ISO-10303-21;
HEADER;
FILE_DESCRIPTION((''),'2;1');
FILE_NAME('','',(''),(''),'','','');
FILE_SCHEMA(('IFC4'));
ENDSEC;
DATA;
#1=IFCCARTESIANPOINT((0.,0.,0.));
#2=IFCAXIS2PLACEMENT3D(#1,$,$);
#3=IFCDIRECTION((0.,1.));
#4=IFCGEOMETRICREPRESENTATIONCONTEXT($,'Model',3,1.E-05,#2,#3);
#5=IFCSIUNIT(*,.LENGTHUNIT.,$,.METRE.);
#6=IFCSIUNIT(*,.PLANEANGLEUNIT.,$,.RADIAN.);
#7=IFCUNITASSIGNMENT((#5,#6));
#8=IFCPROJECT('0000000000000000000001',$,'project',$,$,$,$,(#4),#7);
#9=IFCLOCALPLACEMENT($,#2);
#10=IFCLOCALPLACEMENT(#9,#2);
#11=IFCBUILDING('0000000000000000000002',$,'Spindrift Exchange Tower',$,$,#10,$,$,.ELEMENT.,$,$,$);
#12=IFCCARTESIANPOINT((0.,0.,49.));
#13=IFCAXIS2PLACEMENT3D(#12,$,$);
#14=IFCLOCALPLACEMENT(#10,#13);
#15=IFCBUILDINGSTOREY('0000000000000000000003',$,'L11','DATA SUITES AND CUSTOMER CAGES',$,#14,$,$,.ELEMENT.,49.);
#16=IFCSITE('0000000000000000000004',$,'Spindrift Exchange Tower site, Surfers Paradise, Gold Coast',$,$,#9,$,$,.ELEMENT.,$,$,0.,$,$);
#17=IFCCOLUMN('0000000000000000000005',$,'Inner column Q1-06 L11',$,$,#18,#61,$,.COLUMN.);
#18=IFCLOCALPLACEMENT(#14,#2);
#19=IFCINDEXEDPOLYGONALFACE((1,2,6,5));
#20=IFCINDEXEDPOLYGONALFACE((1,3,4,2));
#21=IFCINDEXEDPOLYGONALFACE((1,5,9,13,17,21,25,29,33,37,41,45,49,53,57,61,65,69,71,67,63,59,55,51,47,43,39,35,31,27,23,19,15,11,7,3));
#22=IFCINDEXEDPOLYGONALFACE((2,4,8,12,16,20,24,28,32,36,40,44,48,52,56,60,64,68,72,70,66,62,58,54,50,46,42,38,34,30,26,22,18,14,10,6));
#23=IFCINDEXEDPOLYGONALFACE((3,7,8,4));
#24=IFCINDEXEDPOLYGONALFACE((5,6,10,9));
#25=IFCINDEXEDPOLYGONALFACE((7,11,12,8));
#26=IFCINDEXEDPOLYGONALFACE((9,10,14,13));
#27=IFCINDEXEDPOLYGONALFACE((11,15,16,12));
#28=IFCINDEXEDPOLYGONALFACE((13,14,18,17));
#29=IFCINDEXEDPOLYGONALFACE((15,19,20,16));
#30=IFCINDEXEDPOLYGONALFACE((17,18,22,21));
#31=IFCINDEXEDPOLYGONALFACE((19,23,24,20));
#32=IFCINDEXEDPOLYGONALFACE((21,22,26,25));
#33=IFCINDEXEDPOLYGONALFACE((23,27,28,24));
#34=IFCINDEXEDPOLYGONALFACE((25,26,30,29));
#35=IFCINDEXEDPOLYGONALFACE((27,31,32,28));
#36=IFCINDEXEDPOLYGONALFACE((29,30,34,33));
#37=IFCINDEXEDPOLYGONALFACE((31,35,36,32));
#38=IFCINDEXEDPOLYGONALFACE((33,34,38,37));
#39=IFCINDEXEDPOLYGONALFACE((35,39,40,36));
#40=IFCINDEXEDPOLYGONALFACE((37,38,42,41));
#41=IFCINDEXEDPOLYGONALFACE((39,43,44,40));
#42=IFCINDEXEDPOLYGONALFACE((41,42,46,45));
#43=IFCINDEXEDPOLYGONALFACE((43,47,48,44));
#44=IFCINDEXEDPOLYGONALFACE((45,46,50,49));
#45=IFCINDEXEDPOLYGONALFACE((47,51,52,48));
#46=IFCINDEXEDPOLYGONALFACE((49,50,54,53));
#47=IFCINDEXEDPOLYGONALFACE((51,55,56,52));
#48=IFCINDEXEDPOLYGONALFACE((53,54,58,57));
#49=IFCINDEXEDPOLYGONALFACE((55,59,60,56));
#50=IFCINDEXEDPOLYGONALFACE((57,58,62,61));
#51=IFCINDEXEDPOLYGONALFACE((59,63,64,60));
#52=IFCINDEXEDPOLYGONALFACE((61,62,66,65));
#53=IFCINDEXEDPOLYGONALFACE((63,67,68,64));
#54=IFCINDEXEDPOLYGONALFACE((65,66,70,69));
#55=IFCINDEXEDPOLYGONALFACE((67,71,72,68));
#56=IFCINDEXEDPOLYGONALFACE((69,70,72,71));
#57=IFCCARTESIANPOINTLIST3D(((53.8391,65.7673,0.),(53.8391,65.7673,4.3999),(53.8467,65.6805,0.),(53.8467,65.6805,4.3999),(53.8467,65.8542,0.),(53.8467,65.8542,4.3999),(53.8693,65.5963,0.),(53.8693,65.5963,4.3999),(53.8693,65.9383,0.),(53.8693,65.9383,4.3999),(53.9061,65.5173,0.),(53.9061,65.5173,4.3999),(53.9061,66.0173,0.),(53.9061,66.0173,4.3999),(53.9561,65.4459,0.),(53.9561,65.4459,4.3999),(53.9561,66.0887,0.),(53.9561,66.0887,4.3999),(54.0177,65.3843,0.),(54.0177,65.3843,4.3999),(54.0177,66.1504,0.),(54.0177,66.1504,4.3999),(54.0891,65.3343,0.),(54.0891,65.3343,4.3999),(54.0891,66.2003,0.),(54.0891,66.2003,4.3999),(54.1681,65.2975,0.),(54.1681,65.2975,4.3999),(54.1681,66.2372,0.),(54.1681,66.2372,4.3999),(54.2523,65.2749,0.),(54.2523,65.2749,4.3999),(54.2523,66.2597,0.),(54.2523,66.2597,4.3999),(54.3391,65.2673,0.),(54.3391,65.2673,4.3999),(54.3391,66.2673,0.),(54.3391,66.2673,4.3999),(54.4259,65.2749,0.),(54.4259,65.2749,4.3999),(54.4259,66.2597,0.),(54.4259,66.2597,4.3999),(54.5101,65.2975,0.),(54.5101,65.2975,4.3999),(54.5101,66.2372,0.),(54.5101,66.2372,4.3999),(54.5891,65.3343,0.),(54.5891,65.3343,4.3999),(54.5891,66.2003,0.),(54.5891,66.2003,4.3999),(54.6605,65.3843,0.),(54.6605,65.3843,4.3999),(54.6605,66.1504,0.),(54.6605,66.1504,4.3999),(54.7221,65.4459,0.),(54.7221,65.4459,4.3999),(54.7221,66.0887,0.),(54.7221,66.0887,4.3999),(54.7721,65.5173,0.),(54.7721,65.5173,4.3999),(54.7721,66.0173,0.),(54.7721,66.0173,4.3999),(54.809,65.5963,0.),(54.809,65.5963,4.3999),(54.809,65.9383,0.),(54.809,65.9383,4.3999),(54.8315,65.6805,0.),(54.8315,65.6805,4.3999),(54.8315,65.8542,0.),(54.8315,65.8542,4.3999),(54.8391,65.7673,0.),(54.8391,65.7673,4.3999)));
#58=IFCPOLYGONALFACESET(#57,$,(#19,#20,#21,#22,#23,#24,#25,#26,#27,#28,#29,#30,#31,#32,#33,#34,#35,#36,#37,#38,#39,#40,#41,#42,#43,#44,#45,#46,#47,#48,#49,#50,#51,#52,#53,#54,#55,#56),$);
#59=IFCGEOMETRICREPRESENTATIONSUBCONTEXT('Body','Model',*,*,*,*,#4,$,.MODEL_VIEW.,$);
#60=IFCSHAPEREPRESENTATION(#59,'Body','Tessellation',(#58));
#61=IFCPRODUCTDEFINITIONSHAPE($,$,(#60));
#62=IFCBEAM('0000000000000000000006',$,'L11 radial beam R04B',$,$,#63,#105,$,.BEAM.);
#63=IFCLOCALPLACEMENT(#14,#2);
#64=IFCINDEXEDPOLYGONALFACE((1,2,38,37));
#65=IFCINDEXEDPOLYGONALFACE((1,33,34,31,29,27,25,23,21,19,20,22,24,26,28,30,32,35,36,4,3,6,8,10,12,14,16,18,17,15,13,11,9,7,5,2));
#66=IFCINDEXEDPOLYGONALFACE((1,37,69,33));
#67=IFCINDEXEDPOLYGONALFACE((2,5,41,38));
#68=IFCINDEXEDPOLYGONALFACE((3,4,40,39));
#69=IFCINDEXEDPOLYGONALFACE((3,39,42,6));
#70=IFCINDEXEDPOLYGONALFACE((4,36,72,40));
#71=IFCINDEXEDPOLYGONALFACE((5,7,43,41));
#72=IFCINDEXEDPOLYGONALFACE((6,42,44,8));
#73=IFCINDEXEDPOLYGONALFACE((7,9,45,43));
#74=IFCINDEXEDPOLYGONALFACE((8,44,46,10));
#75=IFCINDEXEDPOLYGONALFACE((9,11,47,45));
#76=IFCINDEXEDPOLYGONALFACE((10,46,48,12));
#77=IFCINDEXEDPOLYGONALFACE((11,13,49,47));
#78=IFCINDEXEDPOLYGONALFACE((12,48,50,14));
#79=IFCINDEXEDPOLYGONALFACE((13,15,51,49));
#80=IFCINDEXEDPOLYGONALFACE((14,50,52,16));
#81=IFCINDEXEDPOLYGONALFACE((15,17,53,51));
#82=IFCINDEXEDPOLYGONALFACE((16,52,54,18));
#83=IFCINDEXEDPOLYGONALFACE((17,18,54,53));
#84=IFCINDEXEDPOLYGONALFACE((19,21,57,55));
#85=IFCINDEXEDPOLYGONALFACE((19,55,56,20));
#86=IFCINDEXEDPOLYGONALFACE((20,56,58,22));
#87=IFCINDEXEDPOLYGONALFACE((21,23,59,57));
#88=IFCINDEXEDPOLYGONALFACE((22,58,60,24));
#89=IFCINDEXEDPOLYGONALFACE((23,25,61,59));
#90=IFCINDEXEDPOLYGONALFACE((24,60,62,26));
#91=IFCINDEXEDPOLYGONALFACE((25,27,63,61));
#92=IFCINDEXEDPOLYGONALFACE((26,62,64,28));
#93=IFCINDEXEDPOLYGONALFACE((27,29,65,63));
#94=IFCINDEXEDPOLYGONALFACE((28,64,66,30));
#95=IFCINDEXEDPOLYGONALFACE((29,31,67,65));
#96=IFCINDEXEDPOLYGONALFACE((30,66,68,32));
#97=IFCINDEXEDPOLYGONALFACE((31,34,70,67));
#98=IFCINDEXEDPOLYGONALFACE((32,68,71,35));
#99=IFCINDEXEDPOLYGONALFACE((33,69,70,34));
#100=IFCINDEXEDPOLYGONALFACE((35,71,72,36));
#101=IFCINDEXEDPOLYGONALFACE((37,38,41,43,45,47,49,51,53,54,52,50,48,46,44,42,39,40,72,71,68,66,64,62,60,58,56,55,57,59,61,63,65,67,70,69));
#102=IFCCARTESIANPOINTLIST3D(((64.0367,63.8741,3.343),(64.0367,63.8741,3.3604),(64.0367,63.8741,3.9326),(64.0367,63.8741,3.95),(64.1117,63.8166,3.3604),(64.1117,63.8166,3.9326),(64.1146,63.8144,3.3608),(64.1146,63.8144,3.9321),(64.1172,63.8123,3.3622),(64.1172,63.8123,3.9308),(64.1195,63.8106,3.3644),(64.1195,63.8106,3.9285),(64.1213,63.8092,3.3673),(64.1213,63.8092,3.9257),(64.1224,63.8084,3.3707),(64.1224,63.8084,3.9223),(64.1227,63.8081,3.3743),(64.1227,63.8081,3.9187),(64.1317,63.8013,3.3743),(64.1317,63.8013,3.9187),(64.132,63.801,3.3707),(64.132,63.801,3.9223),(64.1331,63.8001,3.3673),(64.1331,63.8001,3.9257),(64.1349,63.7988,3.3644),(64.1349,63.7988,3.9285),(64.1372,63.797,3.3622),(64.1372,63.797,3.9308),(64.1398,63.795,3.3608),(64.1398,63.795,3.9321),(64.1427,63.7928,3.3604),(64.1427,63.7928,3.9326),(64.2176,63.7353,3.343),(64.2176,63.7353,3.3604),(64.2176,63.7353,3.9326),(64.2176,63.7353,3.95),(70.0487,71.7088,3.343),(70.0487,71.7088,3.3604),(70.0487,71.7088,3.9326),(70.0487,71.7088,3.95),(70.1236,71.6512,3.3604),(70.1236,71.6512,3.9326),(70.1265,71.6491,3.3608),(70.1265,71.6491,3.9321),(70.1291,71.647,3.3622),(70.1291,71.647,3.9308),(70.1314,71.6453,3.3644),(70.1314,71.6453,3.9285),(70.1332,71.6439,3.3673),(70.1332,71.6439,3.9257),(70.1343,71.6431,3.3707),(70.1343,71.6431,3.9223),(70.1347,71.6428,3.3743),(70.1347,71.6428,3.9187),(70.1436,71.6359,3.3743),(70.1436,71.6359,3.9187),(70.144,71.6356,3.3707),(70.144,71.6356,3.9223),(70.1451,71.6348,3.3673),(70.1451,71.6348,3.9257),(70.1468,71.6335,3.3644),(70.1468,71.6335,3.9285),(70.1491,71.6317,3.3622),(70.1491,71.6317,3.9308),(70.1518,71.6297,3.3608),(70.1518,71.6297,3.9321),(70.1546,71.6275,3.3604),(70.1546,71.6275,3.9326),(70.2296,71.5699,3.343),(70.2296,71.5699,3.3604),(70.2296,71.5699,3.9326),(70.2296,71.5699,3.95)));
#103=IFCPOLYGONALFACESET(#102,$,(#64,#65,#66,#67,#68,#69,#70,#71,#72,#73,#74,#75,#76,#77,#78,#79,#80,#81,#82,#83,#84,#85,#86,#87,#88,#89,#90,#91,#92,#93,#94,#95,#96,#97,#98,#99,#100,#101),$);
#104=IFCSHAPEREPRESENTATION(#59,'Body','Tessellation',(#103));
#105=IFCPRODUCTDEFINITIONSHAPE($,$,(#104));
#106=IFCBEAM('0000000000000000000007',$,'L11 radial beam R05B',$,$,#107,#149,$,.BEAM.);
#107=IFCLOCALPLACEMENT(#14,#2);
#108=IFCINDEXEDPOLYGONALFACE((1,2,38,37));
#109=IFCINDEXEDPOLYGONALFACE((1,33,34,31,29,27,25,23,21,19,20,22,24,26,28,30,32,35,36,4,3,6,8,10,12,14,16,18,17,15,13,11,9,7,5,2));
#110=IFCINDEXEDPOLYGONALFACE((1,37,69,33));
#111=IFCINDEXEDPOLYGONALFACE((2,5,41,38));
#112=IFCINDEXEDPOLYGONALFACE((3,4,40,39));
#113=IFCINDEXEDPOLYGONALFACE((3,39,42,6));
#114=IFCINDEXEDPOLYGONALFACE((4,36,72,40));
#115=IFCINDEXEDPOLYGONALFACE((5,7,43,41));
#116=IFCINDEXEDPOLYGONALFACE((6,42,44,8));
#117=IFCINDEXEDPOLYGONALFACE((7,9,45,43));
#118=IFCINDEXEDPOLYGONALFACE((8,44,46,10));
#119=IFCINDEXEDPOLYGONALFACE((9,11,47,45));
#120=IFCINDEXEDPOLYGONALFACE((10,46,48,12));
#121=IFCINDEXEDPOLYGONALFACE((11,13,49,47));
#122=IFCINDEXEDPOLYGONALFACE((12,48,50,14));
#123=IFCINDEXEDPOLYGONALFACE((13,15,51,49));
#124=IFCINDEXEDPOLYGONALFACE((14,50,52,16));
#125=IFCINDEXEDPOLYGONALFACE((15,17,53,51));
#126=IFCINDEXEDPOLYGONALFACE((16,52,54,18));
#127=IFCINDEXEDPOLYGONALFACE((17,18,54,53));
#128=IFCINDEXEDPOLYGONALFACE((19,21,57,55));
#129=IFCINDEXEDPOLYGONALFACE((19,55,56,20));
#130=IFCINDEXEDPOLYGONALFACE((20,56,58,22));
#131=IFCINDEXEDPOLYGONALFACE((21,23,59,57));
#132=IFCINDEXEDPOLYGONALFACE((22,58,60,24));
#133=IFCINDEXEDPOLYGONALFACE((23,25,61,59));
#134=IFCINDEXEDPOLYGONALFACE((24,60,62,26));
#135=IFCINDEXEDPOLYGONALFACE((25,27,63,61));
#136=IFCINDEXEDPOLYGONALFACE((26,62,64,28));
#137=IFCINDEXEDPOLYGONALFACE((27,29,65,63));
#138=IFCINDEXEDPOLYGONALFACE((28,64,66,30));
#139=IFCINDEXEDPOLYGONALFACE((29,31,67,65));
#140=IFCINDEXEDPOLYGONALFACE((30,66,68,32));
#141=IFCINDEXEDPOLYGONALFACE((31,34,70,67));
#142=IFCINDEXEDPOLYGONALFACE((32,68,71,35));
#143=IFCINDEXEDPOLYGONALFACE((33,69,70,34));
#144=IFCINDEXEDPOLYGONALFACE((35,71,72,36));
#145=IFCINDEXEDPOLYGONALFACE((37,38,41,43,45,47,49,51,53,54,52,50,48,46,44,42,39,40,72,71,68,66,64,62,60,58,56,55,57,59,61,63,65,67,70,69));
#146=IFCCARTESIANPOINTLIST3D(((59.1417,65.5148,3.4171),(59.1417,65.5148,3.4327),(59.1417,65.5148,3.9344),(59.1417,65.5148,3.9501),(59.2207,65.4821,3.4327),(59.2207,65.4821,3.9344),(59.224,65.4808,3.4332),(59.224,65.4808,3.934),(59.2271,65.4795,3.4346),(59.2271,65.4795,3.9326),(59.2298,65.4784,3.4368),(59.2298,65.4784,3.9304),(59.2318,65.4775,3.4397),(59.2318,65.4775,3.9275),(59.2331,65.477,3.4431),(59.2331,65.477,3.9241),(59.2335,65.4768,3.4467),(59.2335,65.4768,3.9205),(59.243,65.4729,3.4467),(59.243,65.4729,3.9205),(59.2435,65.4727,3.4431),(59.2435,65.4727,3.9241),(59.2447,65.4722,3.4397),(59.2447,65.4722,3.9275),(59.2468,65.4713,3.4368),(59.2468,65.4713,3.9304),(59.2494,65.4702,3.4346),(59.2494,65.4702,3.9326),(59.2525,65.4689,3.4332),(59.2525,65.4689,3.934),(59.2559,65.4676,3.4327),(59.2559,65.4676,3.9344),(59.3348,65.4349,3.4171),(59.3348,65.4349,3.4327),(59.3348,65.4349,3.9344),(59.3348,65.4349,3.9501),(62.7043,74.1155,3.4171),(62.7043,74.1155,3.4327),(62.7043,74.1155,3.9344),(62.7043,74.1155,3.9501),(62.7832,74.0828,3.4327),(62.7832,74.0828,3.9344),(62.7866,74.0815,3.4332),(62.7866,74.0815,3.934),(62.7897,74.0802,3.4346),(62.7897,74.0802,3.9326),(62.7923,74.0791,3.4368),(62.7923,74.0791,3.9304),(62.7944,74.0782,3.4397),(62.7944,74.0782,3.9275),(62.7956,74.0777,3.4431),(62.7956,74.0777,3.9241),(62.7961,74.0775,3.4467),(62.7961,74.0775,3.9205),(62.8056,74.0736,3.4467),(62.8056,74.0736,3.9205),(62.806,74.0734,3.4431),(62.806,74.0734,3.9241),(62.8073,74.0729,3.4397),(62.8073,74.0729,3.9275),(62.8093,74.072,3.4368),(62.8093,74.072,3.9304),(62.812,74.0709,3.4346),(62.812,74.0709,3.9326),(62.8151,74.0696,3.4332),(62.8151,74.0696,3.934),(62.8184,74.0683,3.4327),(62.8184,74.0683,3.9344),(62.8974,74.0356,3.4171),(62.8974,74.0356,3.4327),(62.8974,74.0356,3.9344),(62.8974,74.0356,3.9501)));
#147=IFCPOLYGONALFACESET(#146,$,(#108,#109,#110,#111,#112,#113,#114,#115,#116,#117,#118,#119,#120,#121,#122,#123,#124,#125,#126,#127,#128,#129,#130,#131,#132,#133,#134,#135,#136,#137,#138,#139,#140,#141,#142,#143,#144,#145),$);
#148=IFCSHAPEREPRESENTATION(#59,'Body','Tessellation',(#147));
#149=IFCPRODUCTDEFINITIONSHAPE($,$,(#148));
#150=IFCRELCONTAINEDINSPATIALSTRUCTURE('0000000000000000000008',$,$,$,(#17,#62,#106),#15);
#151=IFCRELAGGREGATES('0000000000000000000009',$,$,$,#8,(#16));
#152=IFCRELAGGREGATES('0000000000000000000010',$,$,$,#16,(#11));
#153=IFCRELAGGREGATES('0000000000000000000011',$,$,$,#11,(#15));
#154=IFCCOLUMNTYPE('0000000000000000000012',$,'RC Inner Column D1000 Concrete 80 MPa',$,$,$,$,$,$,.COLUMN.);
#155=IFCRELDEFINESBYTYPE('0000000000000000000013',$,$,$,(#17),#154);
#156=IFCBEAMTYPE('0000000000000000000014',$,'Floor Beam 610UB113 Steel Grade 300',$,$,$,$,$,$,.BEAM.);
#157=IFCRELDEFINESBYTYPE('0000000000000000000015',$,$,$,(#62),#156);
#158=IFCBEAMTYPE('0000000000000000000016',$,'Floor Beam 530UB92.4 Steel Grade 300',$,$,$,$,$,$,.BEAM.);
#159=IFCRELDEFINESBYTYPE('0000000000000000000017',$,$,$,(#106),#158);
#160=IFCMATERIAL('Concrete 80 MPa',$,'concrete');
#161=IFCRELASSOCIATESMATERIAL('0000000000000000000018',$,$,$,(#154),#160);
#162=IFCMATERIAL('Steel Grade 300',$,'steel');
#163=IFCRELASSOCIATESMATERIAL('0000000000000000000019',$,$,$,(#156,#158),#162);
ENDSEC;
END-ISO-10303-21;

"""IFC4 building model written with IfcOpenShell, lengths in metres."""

from ifc_helpers import new_model, si_unit, direction, frame, origin, origin_2d, place, context, subcontext, project, spatial, circle, i_section, extrude, source, transform, mapped, material, material_profile, profile_set, type_object, element, save


model = new_model("IFC4")

# Units and contexts
model_context = context("Model", 3, precision=1e-05, world=origin(), true_north=direction((0.0, 1.0)))
body_context = subcontext(model_context, "Body", "Model", "MODEL_VIEW")
ifc_project = project(units=[si_unit("LENGTHUNIT", "METRE"), si_unit("PLANEANGLEUNIT", "RADIAN")], contexts=[model_context])

# Site, building, storey
site_placement = place(None, origin())
site = spatial("IfcSite", under=ifc_project, at=site_placement, Name="Spindrift Exchange Tower site, Surfers Paradise, Gold Coast", CompositionType="ELEMENT", RefElevation=0.0)
building_placement = place(site_placement, origin())
building = spatial("IfcBuilding", under=site, at=building_placement, Name="Spindrift Exchange Tower", CompositionType="ELEMENT")
storey_placement = place(building_placement, frame((0.0, 0.0, 49.0)))
storey = spatial("IfcBuildingStorey", under=building, at=storey_placement, Name="L11", Description="DATA SUITES AND CUSTOMER CAGES", CompositionType="ELEMENT", Elevation=49.0)

# Column
ifc_material_1 = material(Name="Concrete 80 MPa", Category="concrete")
ifc_material_profile_1 = material_profile(ifc_material_1, circle(Radius=0.5, at=origin_2d()), Name="RC D1000")
ifc_profile_set_1 = profile_set([ifc_material_profile_1], Name="Concrete 80 MPa")
column_type_1 = type_object("IfcColumnType", Name="RC Inner Column D1000 Concrete 80 MPa", PredefinedType="COLUMN", material=ifc_profile_set_1)
shared_shape_1 = source(origin(), body_context, "Body", "SweptSolid", [
    extrude(circle(Radius=0.5, at=origin_2d()), origin(), (0.0, 0.0, 1.0), 4.3999),
])
for number, where, z_axis, x_axis, name in (
    (1, (54.3391, 65.7673, 0.0), (0.0, 0.0, 1.0), (1.0, 0.0, 0.0), "Inner column Q1-06 L11"),
):
    element("IfcColumn", number, at=place(storey_placement, frame(where, z_axis=z_axis, x_axis=x_axis)), inside=storey, type_object=column_type_1, Name=name, PredefinedType="COLUMN", context=body_context, shape_type="MappedRepresentation", body=[
        mapped(shared_shape_1, transform((0.0, 0.0, 0.0), scale=1.0)),
    ])

# Beams
ifc_material_2 = material(Name="Steel Grade 300", Category="steel")
ifc_material_profile_2 = material_profile(ifc_material_2, i_section(OverallWidth=0.228, OverallDepth=0.6069, WebThickness=0.0112, FlangeThickness=0.0173, FilletRadius=0.0139, at=origin_2d()), Name="610UB113")
ifc_profile_set_2 = profile_set([ifc_material_profile_2], Name="Steel Grade 300")
beam_type_1 = type_object("IfcBeamType", Name="Floor Beam 610UB113 Steel Grade 300", PredefinedType="BEAM", material=ifc_profile_set_2)
shared_shape_2 = source(origin(), body_context, "Body", "SweptSolid", [
    extrude(i_section(OverallWidth=0.228, OverallDepth=0.6069, WebThickness=0.0112, FlangeThickness=0.0173, FilletRadius=0.0139, at=origin_2d()), origin(), (0.0, 0.0, 1.0), 9.8755),
])
beam_1_placement = place(storey_placement, frame((64.1272, 63.8047, 3.6465), z_axis=(0.608772, 0.793345, 0.0), x_axis=(-0.793345, 0.608772, 0.0)))
element("IfcBeam", 2, at=beam_1_placement, inside=storey, type_object=beam_type_1, Name="L11 radial beam R04B", PredefinedType="BEAM", context=body_context, shape_type="MappedRepresentation", body=[
    mapped(shared_shape_2, transform((0.0, 0.0, 0.0), scale=1.0)),
])
ifc_material_profile_3 = material_profile(ifc_material_2, i_section(OverallWidth=0.209, OverallDepth=0.533, WebThickness=0.0103, FlangeThickness=0.0156, FilletRadius=0.0139, at=origin_2d()), Name="530UB92.4")
ifc_profile_set_3 = profile_set([ifc_material_profile_3], Name="Steel Grade 300")
beam_type_2 = type_object("IfcBeamType", Name="Floor Beam 530UB92.4 Steel Grade 300", PredefinedType="BEAM", material=ifc_profile_set_3)
shared_shape_3 = source(origin(), body_context, "Body", "SweptSolid", [
    extrude(i_section(OverallWidth=0.209, OverallDepth=0.533, WebThickness=0.0103, FlangeThickness=0.0156, FilletRadius=0.0139, at=origin_2d()), origin(), (0.0, 0.0, 1.0), 9.3093),
])
beam_2_placement = place(storey_placement, frame((59.2383, 65.4749, 3.6836), z_axis=(0.382685, 0.923879, 0.0), x_axis=(-0.923879, 0.382685, 0.0)))
element("IfcBeam", 3, at=beam_2_placement, inside=storey, type_object=beam_type_2, Name="L11 radial beam R05B", PredefinedType="BEAM", context=body_context, shape_type="MappedRepresentation", body=[
    mapped(shared_shape_3, transform((0.0, 0.0, 0.0), scale=1.0)),
])

save(model, "model.ifc")
